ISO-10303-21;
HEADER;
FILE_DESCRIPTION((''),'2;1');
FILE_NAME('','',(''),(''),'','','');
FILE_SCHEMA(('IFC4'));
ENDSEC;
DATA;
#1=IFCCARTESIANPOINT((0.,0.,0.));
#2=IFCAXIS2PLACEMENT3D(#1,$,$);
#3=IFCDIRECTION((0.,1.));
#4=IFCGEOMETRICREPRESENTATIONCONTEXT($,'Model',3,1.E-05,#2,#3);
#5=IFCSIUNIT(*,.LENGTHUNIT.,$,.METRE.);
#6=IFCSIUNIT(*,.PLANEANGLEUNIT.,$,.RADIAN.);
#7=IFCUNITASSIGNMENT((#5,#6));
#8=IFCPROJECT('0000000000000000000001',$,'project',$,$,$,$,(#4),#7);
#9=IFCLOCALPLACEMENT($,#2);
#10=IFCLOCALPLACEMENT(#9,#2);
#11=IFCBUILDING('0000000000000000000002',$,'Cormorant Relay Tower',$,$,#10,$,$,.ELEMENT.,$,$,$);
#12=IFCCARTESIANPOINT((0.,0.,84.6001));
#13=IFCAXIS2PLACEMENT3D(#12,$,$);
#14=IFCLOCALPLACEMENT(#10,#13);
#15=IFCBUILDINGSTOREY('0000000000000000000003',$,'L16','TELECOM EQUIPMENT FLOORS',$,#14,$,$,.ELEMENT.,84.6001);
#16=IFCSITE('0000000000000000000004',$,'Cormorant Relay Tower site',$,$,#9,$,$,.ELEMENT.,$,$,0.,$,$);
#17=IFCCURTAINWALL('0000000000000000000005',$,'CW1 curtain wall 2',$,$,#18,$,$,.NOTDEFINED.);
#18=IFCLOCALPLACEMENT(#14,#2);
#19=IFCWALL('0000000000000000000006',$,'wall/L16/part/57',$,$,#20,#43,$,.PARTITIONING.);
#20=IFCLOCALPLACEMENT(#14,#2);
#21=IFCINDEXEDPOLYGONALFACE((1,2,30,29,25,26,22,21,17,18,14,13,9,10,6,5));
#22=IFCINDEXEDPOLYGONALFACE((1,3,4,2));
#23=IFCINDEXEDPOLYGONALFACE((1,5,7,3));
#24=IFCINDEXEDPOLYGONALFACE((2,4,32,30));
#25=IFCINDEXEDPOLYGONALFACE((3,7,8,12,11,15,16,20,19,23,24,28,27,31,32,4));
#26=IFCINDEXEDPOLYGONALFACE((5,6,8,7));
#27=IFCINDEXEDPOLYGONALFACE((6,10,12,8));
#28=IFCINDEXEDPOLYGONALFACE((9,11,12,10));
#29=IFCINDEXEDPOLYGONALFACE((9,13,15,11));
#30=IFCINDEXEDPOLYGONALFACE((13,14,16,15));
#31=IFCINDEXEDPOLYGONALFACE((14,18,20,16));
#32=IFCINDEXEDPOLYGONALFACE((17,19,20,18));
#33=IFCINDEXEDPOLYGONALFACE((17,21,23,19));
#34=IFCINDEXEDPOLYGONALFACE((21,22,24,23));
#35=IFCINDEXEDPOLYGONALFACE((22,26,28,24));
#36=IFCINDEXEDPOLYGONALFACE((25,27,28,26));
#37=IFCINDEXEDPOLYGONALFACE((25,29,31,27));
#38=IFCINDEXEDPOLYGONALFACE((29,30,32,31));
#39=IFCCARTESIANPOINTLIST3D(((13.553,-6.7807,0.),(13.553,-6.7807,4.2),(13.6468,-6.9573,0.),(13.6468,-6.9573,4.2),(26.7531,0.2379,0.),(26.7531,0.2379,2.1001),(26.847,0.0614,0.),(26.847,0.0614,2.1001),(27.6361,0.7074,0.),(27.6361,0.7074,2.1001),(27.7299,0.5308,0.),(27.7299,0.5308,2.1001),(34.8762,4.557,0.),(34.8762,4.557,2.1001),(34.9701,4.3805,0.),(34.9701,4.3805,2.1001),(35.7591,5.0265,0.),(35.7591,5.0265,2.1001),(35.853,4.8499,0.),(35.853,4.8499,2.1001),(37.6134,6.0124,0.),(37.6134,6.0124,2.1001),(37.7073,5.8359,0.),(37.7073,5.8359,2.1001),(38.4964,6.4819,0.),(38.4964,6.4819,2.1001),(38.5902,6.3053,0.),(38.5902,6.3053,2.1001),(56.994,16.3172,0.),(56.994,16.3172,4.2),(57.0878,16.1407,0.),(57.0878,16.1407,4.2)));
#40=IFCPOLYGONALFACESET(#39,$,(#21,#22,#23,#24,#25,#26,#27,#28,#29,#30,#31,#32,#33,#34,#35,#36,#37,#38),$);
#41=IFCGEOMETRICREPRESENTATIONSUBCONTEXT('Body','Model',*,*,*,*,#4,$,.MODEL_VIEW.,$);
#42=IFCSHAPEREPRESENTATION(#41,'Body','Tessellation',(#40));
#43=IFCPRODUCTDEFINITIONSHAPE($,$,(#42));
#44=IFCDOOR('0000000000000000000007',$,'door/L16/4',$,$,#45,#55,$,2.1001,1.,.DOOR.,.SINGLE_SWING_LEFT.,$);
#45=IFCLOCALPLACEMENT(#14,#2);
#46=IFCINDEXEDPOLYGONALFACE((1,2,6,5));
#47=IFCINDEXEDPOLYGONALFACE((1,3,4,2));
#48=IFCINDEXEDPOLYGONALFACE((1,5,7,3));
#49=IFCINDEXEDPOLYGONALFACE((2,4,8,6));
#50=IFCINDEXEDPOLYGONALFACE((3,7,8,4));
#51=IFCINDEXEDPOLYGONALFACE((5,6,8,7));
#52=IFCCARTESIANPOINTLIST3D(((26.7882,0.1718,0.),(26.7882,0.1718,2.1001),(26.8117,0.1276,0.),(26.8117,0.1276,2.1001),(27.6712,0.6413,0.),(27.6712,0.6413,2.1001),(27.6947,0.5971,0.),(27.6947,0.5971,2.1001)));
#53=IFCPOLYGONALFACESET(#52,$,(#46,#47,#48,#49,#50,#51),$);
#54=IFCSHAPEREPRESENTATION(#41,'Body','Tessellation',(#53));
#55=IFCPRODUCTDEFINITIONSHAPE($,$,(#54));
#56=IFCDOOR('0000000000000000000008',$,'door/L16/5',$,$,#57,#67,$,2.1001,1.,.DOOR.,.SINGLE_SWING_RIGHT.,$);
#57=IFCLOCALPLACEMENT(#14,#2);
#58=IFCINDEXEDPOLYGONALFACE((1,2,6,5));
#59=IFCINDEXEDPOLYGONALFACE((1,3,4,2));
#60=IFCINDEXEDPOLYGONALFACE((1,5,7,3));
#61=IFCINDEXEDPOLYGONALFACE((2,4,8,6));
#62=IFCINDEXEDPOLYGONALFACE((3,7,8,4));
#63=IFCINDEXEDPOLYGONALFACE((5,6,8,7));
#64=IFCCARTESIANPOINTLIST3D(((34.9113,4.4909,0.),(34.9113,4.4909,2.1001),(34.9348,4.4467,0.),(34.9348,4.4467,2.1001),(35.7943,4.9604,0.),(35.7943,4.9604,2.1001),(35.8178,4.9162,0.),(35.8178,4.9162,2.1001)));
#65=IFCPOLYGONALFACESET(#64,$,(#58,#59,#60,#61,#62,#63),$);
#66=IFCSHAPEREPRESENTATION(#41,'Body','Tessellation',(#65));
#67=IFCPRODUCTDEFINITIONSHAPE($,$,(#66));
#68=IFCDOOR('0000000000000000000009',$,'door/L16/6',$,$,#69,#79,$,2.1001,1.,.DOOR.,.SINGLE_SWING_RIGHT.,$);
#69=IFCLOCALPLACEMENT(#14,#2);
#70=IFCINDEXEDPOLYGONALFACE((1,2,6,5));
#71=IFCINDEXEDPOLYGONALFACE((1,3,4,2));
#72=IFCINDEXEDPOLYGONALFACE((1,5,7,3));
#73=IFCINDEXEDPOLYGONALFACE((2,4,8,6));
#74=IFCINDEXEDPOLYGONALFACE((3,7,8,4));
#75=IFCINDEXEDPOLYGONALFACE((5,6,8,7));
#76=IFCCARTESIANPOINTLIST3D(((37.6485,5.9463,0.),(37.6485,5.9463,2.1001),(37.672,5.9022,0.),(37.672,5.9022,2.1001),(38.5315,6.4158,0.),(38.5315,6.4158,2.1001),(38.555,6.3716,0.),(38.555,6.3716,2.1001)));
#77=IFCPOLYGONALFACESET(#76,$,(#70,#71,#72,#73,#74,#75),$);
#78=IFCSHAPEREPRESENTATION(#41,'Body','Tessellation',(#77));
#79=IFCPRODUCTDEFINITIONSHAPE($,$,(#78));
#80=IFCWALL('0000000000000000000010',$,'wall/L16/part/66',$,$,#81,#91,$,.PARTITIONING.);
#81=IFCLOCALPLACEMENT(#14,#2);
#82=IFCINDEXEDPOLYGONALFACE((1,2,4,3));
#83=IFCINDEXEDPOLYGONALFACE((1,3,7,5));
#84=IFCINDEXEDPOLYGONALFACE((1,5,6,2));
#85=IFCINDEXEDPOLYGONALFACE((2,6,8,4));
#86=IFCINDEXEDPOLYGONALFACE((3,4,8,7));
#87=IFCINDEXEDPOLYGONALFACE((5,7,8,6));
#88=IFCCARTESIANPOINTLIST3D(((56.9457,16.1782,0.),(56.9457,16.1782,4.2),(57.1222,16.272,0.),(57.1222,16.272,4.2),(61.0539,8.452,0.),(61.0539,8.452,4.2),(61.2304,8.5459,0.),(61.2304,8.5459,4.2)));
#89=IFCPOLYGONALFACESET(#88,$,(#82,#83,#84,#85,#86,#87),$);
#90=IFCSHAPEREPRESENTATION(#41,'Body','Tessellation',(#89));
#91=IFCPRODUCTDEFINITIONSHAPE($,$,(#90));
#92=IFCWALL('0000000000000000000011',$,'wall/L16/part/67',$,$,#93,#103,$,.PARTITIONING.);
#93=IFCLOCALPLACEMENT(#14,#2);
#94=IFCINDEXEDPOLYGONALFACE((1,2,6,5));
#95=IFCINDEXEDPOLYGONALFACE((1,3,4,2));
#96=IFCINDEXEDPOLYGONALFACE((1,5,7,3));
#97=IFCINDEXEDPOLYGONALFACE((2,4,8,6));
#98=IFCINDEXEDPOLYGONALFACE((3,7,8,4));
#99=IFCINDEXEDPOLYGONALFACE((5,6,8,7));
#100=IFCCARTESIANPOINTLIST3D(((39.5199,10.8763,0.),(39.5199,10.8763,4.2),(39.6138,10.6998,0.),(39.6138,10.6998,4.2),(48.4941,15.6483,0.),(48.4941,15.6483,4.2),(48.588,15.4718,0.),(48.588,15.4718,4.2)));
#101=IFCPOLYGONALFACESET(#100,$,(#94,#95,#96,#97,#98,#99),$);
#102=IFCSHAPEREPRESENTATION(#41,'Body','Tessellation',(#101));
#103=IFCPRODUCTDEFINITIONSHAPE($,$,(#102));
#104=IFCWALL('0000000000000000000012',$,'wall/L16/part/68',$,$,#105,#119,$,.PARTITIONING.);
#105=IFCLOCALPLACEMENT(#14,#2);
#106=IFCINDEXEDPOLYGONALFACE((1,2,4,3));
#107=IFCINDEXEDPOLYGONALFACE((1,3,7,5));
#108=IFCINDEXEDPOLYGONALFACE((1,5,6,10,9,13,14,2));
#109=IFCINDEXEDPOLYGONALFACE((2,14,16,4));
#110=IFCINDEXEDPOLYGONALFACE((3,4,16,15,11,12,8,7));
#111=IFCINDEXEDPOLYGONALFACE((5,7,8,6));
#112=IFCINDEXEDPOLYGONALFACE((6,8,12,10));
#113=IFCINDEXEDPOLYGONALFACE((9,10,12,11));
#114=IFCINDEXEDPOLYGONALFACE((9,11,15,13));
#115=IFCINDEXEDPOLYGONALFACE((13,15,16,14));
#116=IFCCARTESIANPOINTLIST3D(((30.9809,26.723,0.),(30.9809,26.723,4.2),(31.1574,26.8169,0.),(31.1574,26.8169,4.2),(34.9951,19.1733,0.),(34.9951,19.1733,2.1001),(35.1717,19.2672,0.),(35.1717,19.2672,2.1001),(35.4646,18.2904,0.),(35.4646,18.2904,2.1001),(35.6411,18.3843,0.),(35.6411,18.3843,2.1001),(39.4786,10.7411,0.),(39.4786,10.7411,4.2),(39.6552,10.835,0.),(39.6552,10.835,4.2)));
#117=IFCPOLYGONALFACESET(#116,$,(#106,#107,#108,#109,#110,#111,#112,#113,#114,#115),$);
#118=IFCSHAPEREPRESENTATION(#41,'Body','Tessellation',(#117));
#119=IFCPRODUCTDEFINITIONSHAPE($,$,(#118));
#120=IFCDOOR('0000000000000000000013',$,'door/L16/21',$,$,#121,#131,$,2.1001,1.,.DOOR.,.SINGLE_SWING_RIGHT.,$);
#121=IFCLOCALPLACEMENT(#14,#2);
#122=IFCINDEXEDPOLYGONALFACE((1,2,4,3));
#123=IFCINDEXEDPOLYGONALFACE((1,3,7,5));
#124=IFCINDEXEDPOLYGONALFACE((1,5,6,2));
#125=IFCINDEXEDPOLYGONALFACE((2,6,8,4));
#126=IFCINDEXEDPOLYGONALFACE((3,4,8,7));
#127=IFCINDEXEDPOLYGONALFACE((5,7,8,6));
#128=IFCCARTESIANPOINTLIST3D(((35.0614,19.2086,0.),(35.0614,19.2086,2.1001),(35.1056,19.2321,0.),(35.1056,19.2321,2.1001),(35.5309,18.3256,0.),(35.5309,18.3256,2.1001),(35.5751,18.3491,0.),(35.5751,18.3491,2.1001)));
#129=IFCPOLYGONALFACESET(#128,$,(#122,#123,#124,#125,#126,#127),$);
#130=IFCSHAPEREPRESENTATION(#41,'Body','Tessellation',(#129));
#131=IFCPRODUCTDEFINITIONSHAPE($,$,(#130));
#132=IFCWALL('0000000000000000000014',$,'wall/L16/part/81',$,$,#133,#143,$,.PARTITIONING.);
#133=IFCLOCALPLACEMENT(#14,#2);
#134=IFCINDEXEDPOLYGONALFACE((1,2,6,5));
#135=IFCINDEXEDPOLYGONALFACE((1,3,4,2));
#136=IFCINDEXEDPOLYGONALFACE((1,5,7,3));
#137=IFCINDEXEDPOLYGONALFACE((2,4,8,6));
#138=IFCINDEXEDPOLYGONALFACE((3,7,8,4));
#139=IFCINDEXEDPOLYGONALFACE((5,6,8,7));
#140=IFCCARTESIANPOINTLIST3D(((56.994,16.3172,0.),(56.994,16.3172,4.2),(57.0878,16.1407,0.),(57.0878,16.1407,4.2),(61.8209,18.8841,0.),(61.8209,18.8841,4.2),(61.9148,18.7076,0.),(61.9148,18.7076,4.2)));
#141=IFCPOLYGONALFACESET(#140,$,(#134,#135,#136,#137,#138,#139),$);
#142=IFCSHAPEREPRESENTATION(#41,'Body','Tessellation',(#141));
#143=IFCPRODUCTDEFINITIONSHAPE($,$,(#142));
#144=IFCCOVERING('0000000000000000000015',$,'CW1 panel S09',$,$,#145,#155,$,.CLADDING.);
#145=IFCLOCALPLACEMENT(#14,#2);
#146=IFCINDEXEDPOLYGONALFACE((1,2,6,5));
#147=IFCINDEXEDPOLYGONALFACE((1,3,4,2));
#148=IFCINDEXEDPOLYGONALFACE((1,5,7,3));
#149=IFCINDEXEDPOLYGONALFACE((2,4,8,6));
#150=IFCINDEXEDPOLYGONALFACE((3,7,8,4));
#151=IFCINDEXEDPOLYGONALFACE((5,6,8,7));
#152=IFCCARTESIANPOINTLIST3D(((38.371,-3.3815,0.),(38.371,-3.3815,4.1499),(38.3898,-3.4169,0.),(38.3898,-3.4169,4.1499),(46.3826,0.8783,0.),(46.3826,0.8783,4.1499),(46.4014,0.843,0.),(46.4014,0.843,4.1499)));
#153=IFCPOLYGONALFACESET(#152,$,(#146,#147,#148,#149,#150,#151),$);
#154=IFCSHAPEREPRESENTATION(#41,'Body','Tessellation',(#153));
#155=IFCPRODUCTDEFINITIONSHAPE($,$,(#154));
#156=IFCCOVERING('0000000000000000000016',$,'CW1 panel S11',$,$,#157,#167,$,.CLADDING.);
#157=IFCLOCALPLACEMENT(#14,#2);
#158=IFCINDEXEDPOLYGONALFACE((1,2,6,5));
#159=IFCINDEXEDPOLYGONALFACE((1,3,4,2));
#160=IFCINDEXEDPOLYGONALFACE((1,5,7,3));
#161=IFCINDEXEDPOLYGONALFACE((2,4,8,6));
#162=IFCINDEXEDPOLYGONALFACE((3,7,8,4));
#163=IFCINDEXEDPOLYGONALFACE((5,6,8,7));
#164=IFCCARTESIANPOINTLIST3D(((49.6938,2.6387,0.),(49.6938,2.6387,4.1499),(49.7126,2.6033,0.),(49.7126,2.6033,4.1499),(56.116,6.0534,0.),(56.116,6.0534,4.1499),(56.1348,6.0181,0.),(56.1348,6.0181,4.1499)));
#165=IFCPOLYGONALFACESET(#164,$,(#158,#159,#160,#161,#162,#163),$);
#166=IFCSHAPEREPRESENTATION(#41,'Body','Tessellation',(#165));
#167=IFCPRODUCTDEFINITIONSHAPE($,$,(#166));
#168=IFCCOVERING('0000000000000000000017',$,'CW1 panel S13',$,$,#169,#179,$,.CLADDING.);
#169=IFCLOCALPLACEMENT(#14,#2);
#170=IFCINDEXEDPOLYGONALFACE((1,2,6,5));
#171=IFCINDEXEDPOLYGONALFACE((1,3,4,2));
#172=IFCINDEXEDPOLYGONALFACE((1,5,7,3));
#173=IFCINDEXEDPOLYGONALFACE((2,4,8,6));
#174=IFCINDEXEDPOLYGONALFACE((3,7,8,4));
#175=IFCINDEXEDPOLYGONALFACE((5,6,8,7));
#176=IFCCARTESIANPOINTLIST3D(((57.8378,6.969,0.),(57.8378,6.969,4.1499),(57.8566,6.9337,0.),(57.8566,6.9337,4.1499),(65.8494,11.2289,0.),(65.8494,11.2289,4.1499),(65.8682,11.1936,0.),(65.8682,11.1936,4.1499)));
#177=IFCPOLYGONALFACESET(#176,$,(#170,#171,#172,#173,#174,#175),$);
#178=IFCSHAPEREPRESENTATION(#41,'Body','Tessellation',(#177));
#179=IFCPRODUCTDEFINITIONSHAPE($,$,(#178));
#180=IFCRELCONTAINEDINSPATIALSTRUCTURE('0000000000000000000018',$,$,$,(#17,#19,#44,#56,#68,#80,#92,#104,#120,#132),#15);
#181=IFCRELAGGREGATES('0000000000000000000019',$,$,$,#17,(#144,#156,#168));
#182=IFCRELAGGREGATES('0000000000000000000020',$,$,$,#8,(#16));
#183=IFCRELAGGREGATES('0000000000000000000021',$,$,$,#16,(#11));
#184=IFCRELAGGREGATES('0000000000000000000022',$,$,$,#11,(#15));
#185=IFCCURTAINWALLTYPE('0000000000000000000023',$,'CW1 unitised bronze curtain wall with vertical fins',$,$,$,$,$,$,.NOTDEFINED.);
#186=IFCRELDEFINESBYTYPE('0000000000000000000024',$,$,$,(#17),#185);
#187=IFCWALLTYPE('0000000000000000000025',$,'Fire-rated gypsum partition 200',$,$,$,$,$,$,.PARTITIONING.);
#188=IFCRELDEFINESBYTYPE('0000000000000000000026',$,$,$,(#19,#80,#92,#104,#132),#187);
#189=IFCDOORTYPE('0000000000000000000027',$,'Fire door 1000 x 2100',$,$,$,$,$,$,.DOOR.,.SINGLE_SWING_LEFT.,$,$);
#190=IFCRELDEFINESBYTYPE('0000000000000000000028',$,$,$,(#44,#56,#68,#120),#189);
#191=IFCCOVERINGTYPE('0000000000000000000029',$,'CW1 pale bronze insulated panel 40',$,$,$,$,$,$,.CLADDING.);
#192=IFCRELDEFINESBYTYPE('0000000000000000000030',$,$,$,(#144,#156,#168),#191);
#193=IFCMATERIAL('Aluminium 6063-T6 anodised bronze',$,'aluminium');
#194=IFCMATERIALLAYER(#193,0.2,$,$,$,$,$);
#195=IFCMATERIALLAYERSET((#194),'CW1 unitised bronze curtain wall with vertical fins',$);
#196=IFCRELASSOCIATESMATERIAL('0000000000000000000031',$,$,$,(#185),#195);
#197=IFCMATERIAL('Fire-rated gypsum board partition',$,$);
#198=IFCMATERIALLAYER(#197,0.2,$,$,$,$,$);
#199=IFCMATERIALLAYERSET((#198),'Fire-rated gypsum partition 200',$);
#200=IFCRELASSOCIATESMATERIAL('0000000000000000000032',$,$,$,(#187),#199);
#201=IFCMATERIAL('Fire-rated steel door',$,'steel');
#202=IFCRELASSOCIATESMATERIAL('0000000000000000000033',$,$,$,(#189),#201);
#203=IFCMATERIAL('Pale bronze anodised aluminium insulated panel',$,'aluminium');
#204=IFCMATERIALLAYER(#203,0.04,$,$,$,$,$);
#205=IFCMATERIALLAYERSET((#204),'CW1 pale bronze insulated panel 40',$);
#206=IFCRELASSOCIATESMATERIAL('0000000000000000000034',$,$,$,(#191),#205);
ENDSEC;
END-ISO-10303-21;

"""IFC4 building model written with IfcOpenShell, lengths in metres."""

from ifc_helpers import new_model, si_unit, direction, frame, frame_2d, origin, origin_2d, place, context, subcontext, project, spatial, rectangle, extrude, material, layer, layer_set, type_object, element, fill, aggregate, save


model = new_model("IFC4")

# Units and contexts
model_context = context("Model", 3, precision=1e-05, world=origin(), true_north=direction((0.0, 1.0)))
body_context = subcontext(model_context, "Body", "Model", "MODEL_VIEW")
ifc_project = project(units=[si_unit("LENGTHUNIT", "METRE"), si_unit("PLANEANGLEUNIT", "RADIAN")], contexts=[model_context])

# Site, building, storey
site_placement = place(None, origin())
site = spatial("IfcSite", under=ifc_project, at=site_placement, Name="Cormorant Relay Tower site", CompositionType="ELEMENT", RefElevation=0.0)
building_placement = place(site_placement, origin())
building = spatial("IfcBuilding", under=site, at=building_placement, Name="Cormorant Relay Tower", CompositionType="ELEMENT")
storey_placement = place(building_placement, frame((0.0, 0.0, 84.6001)))
storey = spatial("IfcBuildingStorey", under=building, at=storey_placement, Name="L16", Description="TELECOM EQUIPMENT FLOORS", CompositionType="ELEMENT", Elevation=84.6001)

# Curtain wall
ifc_material_1 = material(Name="Aluminium 6063-T6 anodised bronze", Category="aluminium")
ifc_layer_1 = layer(ifc_material_1, 0.2)
ifc_layer_set_1 = layer_set([ifc_layer_1], Name="CW1 unitised bronze curtain wall with vertical fins")
curtain_wall_type = type_object("IfcCurtainWallType", Name="CW1 unitised bronze curtain wall with vertical fins", PredefinedType="NOTDEFINED", material=ifc_layer_set_1)
curtain_wall_1_placement = place(storey_placement, origin())
curtain_wall_1 = element("IfcCurtainWall", 1, at=curtain_wall_1_placement, inside=storey, type_object=curtain_wall_type, Name="CW1 curtain wall 2", PredefinedType="NOTDEFINED")

# Wall, openings, doors
ifc_material_2 = material(Name="Fire-rated gypsum board partition")
ifc_layer_2 = layer(ifc_material_2, 0.2)
ifc_layer_set_2 = layer_set([ifc_layer_2], Name="Fire-rated gypsum partition 200")
wall_type_1 = type_object("IfcWallType", Name="Fire-rated gypsum partition 200", PredefinedType="PARTITIONING", material=ifc_layer_set_2)
wall_1_placement = place(storey_placement, frame((57.041, 16.229, 0.0), z_axis=(0.0, 0.0, 1.0), x_axis=(-0.882948, -0.469471, 0.0)))
wall_1 = element("IfcWall", 2, at=wall_1_placement, inside=storey, type_object=wall_type_1, Name="wall/L16/part/57", PredefinedType="PARTITIONING", context=body_context, shape_type="SweptSolid", body=[
    extrude(rectangle(XDim=49.2, YDim=0.2, at=frame_2d((24.6001, 0.0))), origin(), (0.0, 0.0, 1.0), 4.2),
])
opening_1_placement = place(wall_1_placement, frame((33.25, 0.0, 0.0)))
opening_1 = element("IfcOpeningElement", 3, at=opening_1_placement, cuts=wall_1, PredefinedType="OPENING", context=body_context, shape_type="SweptSolid", body=[
    extrude(rectangle(XDim=1.0, YDim=2.1001, at=frame_2d((0.5, 1.05))), frame((0.0, 0.1099, 0.0), z_axis=(0.0, -1.0, 0.0), x_axis=(1.0, 0.0, 0.0)), (0.0, 0.0, 1.0), 0.22),
])
opening_2_placement = place(wall_1_placement, frame((24.05, 0.0, 0.0)))
opening_2 = element("IfcOpeningElement", 4, at=opening_2_placement, cuts=wall_1, PredefinedType="OPENING", context=body_context, shape_type="SweptSolid", body=[
    extrude(rectangle(XDim=1.0, YDim=2.1001, at=frame_2d((0.5, 1.05))), frame((0.0, 0.1099, 0.0), z_axis=(0.0, -1.0, 0.0), x_axis=(1.0, 0.0, 0.0)), (0.0, 0.0, 1.0), 0.22),
])
opening_3_placement = place(wall_1_placement, frame((20.95, 0.0, 0.0)))
opening_3 = element("IfcOpeningElement", 5, at=opening_3_placement, cuts=wall_1, PredefinedType="OPENING", context=body_context, shape_type="SweptSolid", body=[
    extrude(rectangle(XDim=1.0, YDim=2.1001, at=frame_2d((0.5, 1.05))), frame((0.0, 0.1099, 0.0), z_axis=(0.0, -1.0, 0.0), x_axis=(1.0, 0.0, 0.0)), (0.0, 0.0, 1.0), 0.22),
])
ifc_material_3 = material(Name="Fire-rated steel door", Category="steel")
door_type_1 = type_object("IfcDoorType", Name="Fire door 1000 x 2100", OperationType="SINGLE_SWING_LEFT", PredefinedType="DOOR", material=ifc_material_3)
door_1_placement = place(opening_1_placement, origin())
door_1 = element("IfcDoor", 6, at=door_1_placement, inside=storey, type_object=door_type_1, Name="door/L16/4", OperationType="SINGLE_SWING_LEFT", OverallHeight=2.1001, OverallWidth=1.0, PredefinedType="DOOR", context=body_context, shape_type="SweptSolid", body=[
    extrude(rectangle(XDim=1.0, YDim=2.1001, at=frame_2d((0.5, 1.05))), frame((0.0, 0.0249, 0.0), z_axis=(0.0, -1.0, 0.0), x_axis=(1.0, 0.0, 0.0)), (0.0, 0.0, 1.0), 0.05),
])
fill(opening_1, door_1)
door_2_placement = place(opening_2_placement, origin())
door_2 = element("IfcDoor", 7, at=door_2_placement, inside=storey, type_object=door_type_1, Name="door/L16/5", OperationType="SINGLE_SWING_RIGHT", OverallHeight=2.1001, OverallWidth=1.0, PredefinedType="DOOR", context=body_context, shape_type="SweptSolid", body=[
    extrude(rectangle(XDim=1.0, YDim=2.1001, at=frame_2d((0.5, 1.05))), frame((0.0, 0.0249, 0.0), z_axis=(0.0, -1.0, 0.0), x_axis=(1.0, 0.0, 0.0)), (0.0, 0.0, 1.0), 0.05),
])
fill(opening_2, door_2)
door_3_placement = place(opening_3_placement, origin())
door_3 = element("IfcDoor", 8, at=door_3_placement, inside=storey, type_object=door_type_1, Name="door/L16/6", OperationType="SINGLE_SWING_RIGHT", OverallHeight=2.1001, OverallWidth=1.0, PredefinedType="DOOR", context=body_context, shape_type="SweptSolid", body=[
    extrude(rectangle(XDim=1.0, YDim=2.1001, at=frame_2d((0.5, 1.05))), frame((0.0, 0.0249, 0.0), z_axis=(0.0, -1.0, 0.0), x_axis=(1.0, 0.0, 0.0)), (0.0, 0.0, 1.0), 0.05),
])
fill(opening_3, door_3)

# Walls
wall_2_placement = place(storey_placement, frame((57.0339, 16.2251, 0.0), z_axis=(0.0, 0.0, 1.0), x_axis=(0.469483, -0.882942, 0.0)))
element("IfcWall", 9, at=wall_2_placement, inside=storey, type_object=wall_type_1, Name="wall/L16/part/66", PredefinedType="PARTITIONING", context=body_context, shape_type="SweptSolid", body=[
    extrude(rectangle(XDim=8.7505, YDim=0.2, at=frame_2d((4.3752, 0.0))), origin(), (0.0, 0.0, 1.0), 4.2),
])
wall_3_placement = place(storey_placement, frame((48.541, 15.5601, 0.0), z_axis=(0.0, 0.0, 1.0), x_axis=(-0.882933, -0.469498, 0.0)))
element("IfcWall", 10, at=wall_3_placement, inside=storey, type_object=wall_type_1, Name="wall/L16/part/67", PredefinedType="PARTITIONING", context=body_context, shape_type="SweptSolid", body=[
    extrude(rectangle(XDim=10.1641, YDim=0.2, at=frame_2d((5.082, 0.0))), origin(), (0.0, 0.0, 1.0), 4.2),
])

# Wall, opening, door
wall_4_placement = place(storey_placement, frame((39.5669, 10.7881, 0.0), z_axis=(0.0, 0.0, 1.0), x_axis=(-0.469474, 0.882946, 0.0)))
wall_4 = element("IfcWall", 11, at=wall_4_placement, inside=storey, type_object=wall_type_1, Name="wall/L16/part/68", PredefinedType="PARTITIONING", context=body_context, shape_type="SweptSolid", body=[
    extrude(rectangle(XDim=18.1006, YDim=0.2, at=frame_2d((9.0503, 0.0))), origin(), (0.0, 0.0, 1.0), 4.2),
])
opening_4_placement = place(wall_4_placement, frame((8.55, 0.0, 0.0)))
opening_4 = element("IfcOpeningElement", 12, at=opening_4_placement, cuts=wall_4, PredefinedType="OPENING", context=body_context, shape_type="SweptSolid", body=[
    extrude(rectangle(XDim=1.0, YDim=2.1001, at=frame_2d((0.5, 1.05))), frame((0.0, 0.1099, 0.0), z_axis=(0.0, -1.0, 0.0), x_axis=(1.0, 0.0, 0.0)), (0.0, 0.0, 1.0), 0.22),
])
door_4_placement = place(opening_4_placement, origin())
door_4 = element("IfcDoor", 13, at=door_4_placement, inside=storey, type_object=door_type_1, Name="door/L16/21", OperationType="SINGLE_SWING_RIGHT", OverallHeight=2.1001, OverallWidth=1.0, PredefinedType="DOOR", context=body_context, shape_type="SweptSolid", body=[
    extrude(rectangle(XDim=1.0, YDim=2.1001, at=frame_2d((0.5, 1.05))), frame((0.0, 0.0249, 0.0), z_axis=(0.0, -1.0, 0.0), x_axis=(1.0, 0.0, 0.0)), (0.0, 0.0, 1.0), 0.05),
])
fill(opening_4, door_4)

# Wall
wall_5_placement = place(storey_placement, frame((57.041, 16.229, 0.0), z_axis=(0.0, 0.0, 1.0), x_axis=(0.882918, 0.469526, 0.0)))
element("IfcWall", 14, at=wall_5_placement, inside=storey, type_object=wall_type_1, Name="wall/L16/part/81", PredefinedType="PARTITIONING", context=body_context, shape_type="SweptSolid", body=[
    extrude(rectangle(XDim=5.467, YDim=0.2, at=frame_2d((2.7334, 0.0))), origin(), (0.0, 0.0, 1.0), 4.2),
])

# Coverings
ifc_material_4 = material(Name="Pale bronze anodised aluminium insulated panel", Category="aluminium")
ifc_layer_3 = layer(ifc_material_4, 0.04)
ifc_layer_set_3 = layer_set([ifc_layer_3], Name="CW1 pale bronze insulated panel 40")
covering_type = type_object("IfcCoveringType", Name="CW1 pale bronze insulated panel 40", PredefinedType="CLADDING", material=ifc_layer_set_3)
covering_1_placement = place(storey_placement, frame((42.3862, -1.2693, 0.0), z_axis=(0.0, 0.0, 1.0), x_axis=(0.882948, 0.469472, 0.0)))
covering_1 = element("IfcCovering", 15, at=covering_1_placement, type_object=covering_type, Name="CW1 panel S09", PredefinedType="CLADDING", context=body_context, shape_type="SweptSolid", body=[
    extrude(rectangle(XDim=9.0737, YDim=0.04, at=origin_2d()), origin(), (0.0, 0.0, 1.0), 4.1499),
])
covering_2_placement = place(storey_placement, frame((52.9143, 4.3284, 0.0), z_axis=(0.0, 0.0, 1.0), x_axis=(0.882948, 0.469472, 0.0)))
covering_2 = element("IfcCovering", 16, at=covering_2_placement, type_object=covering_type, Name="CW1 panel S11", PredefinedType="CLADDING", context=body_context, shape_type="SweptSolid", body=[
    extrude(rectangle(XDim=7.2737, YDim=0.04, at=origin_2d()), origin(), (0.0, 0.0, 1.0), 4.1499),
])
covering_3_placement = place(storey_placement, frame((61.853, 9.0813, 0.0), z_axis=(0.0, 0.0, 1.0), x_axis=(0.882948, 0.469472, 0.0)))
covering_3 = element("IfcCovering", 17, at=covering_3_placement, type_object=covering_type, Name="CW1 panel S13", PredefinedType="CLADDING", context=body_context, shape_type="SweptSolid", body=[
    extrude(rectangle(XDim=9.0737, YDim=0.04, at=origin_2d()), origin(), (0.0, 0.0, 1.0), 4.1499),
])
aggregate(curtain_wall_1, [covering_1, covering_2, covering_3])

save(model, "model.ifc")
